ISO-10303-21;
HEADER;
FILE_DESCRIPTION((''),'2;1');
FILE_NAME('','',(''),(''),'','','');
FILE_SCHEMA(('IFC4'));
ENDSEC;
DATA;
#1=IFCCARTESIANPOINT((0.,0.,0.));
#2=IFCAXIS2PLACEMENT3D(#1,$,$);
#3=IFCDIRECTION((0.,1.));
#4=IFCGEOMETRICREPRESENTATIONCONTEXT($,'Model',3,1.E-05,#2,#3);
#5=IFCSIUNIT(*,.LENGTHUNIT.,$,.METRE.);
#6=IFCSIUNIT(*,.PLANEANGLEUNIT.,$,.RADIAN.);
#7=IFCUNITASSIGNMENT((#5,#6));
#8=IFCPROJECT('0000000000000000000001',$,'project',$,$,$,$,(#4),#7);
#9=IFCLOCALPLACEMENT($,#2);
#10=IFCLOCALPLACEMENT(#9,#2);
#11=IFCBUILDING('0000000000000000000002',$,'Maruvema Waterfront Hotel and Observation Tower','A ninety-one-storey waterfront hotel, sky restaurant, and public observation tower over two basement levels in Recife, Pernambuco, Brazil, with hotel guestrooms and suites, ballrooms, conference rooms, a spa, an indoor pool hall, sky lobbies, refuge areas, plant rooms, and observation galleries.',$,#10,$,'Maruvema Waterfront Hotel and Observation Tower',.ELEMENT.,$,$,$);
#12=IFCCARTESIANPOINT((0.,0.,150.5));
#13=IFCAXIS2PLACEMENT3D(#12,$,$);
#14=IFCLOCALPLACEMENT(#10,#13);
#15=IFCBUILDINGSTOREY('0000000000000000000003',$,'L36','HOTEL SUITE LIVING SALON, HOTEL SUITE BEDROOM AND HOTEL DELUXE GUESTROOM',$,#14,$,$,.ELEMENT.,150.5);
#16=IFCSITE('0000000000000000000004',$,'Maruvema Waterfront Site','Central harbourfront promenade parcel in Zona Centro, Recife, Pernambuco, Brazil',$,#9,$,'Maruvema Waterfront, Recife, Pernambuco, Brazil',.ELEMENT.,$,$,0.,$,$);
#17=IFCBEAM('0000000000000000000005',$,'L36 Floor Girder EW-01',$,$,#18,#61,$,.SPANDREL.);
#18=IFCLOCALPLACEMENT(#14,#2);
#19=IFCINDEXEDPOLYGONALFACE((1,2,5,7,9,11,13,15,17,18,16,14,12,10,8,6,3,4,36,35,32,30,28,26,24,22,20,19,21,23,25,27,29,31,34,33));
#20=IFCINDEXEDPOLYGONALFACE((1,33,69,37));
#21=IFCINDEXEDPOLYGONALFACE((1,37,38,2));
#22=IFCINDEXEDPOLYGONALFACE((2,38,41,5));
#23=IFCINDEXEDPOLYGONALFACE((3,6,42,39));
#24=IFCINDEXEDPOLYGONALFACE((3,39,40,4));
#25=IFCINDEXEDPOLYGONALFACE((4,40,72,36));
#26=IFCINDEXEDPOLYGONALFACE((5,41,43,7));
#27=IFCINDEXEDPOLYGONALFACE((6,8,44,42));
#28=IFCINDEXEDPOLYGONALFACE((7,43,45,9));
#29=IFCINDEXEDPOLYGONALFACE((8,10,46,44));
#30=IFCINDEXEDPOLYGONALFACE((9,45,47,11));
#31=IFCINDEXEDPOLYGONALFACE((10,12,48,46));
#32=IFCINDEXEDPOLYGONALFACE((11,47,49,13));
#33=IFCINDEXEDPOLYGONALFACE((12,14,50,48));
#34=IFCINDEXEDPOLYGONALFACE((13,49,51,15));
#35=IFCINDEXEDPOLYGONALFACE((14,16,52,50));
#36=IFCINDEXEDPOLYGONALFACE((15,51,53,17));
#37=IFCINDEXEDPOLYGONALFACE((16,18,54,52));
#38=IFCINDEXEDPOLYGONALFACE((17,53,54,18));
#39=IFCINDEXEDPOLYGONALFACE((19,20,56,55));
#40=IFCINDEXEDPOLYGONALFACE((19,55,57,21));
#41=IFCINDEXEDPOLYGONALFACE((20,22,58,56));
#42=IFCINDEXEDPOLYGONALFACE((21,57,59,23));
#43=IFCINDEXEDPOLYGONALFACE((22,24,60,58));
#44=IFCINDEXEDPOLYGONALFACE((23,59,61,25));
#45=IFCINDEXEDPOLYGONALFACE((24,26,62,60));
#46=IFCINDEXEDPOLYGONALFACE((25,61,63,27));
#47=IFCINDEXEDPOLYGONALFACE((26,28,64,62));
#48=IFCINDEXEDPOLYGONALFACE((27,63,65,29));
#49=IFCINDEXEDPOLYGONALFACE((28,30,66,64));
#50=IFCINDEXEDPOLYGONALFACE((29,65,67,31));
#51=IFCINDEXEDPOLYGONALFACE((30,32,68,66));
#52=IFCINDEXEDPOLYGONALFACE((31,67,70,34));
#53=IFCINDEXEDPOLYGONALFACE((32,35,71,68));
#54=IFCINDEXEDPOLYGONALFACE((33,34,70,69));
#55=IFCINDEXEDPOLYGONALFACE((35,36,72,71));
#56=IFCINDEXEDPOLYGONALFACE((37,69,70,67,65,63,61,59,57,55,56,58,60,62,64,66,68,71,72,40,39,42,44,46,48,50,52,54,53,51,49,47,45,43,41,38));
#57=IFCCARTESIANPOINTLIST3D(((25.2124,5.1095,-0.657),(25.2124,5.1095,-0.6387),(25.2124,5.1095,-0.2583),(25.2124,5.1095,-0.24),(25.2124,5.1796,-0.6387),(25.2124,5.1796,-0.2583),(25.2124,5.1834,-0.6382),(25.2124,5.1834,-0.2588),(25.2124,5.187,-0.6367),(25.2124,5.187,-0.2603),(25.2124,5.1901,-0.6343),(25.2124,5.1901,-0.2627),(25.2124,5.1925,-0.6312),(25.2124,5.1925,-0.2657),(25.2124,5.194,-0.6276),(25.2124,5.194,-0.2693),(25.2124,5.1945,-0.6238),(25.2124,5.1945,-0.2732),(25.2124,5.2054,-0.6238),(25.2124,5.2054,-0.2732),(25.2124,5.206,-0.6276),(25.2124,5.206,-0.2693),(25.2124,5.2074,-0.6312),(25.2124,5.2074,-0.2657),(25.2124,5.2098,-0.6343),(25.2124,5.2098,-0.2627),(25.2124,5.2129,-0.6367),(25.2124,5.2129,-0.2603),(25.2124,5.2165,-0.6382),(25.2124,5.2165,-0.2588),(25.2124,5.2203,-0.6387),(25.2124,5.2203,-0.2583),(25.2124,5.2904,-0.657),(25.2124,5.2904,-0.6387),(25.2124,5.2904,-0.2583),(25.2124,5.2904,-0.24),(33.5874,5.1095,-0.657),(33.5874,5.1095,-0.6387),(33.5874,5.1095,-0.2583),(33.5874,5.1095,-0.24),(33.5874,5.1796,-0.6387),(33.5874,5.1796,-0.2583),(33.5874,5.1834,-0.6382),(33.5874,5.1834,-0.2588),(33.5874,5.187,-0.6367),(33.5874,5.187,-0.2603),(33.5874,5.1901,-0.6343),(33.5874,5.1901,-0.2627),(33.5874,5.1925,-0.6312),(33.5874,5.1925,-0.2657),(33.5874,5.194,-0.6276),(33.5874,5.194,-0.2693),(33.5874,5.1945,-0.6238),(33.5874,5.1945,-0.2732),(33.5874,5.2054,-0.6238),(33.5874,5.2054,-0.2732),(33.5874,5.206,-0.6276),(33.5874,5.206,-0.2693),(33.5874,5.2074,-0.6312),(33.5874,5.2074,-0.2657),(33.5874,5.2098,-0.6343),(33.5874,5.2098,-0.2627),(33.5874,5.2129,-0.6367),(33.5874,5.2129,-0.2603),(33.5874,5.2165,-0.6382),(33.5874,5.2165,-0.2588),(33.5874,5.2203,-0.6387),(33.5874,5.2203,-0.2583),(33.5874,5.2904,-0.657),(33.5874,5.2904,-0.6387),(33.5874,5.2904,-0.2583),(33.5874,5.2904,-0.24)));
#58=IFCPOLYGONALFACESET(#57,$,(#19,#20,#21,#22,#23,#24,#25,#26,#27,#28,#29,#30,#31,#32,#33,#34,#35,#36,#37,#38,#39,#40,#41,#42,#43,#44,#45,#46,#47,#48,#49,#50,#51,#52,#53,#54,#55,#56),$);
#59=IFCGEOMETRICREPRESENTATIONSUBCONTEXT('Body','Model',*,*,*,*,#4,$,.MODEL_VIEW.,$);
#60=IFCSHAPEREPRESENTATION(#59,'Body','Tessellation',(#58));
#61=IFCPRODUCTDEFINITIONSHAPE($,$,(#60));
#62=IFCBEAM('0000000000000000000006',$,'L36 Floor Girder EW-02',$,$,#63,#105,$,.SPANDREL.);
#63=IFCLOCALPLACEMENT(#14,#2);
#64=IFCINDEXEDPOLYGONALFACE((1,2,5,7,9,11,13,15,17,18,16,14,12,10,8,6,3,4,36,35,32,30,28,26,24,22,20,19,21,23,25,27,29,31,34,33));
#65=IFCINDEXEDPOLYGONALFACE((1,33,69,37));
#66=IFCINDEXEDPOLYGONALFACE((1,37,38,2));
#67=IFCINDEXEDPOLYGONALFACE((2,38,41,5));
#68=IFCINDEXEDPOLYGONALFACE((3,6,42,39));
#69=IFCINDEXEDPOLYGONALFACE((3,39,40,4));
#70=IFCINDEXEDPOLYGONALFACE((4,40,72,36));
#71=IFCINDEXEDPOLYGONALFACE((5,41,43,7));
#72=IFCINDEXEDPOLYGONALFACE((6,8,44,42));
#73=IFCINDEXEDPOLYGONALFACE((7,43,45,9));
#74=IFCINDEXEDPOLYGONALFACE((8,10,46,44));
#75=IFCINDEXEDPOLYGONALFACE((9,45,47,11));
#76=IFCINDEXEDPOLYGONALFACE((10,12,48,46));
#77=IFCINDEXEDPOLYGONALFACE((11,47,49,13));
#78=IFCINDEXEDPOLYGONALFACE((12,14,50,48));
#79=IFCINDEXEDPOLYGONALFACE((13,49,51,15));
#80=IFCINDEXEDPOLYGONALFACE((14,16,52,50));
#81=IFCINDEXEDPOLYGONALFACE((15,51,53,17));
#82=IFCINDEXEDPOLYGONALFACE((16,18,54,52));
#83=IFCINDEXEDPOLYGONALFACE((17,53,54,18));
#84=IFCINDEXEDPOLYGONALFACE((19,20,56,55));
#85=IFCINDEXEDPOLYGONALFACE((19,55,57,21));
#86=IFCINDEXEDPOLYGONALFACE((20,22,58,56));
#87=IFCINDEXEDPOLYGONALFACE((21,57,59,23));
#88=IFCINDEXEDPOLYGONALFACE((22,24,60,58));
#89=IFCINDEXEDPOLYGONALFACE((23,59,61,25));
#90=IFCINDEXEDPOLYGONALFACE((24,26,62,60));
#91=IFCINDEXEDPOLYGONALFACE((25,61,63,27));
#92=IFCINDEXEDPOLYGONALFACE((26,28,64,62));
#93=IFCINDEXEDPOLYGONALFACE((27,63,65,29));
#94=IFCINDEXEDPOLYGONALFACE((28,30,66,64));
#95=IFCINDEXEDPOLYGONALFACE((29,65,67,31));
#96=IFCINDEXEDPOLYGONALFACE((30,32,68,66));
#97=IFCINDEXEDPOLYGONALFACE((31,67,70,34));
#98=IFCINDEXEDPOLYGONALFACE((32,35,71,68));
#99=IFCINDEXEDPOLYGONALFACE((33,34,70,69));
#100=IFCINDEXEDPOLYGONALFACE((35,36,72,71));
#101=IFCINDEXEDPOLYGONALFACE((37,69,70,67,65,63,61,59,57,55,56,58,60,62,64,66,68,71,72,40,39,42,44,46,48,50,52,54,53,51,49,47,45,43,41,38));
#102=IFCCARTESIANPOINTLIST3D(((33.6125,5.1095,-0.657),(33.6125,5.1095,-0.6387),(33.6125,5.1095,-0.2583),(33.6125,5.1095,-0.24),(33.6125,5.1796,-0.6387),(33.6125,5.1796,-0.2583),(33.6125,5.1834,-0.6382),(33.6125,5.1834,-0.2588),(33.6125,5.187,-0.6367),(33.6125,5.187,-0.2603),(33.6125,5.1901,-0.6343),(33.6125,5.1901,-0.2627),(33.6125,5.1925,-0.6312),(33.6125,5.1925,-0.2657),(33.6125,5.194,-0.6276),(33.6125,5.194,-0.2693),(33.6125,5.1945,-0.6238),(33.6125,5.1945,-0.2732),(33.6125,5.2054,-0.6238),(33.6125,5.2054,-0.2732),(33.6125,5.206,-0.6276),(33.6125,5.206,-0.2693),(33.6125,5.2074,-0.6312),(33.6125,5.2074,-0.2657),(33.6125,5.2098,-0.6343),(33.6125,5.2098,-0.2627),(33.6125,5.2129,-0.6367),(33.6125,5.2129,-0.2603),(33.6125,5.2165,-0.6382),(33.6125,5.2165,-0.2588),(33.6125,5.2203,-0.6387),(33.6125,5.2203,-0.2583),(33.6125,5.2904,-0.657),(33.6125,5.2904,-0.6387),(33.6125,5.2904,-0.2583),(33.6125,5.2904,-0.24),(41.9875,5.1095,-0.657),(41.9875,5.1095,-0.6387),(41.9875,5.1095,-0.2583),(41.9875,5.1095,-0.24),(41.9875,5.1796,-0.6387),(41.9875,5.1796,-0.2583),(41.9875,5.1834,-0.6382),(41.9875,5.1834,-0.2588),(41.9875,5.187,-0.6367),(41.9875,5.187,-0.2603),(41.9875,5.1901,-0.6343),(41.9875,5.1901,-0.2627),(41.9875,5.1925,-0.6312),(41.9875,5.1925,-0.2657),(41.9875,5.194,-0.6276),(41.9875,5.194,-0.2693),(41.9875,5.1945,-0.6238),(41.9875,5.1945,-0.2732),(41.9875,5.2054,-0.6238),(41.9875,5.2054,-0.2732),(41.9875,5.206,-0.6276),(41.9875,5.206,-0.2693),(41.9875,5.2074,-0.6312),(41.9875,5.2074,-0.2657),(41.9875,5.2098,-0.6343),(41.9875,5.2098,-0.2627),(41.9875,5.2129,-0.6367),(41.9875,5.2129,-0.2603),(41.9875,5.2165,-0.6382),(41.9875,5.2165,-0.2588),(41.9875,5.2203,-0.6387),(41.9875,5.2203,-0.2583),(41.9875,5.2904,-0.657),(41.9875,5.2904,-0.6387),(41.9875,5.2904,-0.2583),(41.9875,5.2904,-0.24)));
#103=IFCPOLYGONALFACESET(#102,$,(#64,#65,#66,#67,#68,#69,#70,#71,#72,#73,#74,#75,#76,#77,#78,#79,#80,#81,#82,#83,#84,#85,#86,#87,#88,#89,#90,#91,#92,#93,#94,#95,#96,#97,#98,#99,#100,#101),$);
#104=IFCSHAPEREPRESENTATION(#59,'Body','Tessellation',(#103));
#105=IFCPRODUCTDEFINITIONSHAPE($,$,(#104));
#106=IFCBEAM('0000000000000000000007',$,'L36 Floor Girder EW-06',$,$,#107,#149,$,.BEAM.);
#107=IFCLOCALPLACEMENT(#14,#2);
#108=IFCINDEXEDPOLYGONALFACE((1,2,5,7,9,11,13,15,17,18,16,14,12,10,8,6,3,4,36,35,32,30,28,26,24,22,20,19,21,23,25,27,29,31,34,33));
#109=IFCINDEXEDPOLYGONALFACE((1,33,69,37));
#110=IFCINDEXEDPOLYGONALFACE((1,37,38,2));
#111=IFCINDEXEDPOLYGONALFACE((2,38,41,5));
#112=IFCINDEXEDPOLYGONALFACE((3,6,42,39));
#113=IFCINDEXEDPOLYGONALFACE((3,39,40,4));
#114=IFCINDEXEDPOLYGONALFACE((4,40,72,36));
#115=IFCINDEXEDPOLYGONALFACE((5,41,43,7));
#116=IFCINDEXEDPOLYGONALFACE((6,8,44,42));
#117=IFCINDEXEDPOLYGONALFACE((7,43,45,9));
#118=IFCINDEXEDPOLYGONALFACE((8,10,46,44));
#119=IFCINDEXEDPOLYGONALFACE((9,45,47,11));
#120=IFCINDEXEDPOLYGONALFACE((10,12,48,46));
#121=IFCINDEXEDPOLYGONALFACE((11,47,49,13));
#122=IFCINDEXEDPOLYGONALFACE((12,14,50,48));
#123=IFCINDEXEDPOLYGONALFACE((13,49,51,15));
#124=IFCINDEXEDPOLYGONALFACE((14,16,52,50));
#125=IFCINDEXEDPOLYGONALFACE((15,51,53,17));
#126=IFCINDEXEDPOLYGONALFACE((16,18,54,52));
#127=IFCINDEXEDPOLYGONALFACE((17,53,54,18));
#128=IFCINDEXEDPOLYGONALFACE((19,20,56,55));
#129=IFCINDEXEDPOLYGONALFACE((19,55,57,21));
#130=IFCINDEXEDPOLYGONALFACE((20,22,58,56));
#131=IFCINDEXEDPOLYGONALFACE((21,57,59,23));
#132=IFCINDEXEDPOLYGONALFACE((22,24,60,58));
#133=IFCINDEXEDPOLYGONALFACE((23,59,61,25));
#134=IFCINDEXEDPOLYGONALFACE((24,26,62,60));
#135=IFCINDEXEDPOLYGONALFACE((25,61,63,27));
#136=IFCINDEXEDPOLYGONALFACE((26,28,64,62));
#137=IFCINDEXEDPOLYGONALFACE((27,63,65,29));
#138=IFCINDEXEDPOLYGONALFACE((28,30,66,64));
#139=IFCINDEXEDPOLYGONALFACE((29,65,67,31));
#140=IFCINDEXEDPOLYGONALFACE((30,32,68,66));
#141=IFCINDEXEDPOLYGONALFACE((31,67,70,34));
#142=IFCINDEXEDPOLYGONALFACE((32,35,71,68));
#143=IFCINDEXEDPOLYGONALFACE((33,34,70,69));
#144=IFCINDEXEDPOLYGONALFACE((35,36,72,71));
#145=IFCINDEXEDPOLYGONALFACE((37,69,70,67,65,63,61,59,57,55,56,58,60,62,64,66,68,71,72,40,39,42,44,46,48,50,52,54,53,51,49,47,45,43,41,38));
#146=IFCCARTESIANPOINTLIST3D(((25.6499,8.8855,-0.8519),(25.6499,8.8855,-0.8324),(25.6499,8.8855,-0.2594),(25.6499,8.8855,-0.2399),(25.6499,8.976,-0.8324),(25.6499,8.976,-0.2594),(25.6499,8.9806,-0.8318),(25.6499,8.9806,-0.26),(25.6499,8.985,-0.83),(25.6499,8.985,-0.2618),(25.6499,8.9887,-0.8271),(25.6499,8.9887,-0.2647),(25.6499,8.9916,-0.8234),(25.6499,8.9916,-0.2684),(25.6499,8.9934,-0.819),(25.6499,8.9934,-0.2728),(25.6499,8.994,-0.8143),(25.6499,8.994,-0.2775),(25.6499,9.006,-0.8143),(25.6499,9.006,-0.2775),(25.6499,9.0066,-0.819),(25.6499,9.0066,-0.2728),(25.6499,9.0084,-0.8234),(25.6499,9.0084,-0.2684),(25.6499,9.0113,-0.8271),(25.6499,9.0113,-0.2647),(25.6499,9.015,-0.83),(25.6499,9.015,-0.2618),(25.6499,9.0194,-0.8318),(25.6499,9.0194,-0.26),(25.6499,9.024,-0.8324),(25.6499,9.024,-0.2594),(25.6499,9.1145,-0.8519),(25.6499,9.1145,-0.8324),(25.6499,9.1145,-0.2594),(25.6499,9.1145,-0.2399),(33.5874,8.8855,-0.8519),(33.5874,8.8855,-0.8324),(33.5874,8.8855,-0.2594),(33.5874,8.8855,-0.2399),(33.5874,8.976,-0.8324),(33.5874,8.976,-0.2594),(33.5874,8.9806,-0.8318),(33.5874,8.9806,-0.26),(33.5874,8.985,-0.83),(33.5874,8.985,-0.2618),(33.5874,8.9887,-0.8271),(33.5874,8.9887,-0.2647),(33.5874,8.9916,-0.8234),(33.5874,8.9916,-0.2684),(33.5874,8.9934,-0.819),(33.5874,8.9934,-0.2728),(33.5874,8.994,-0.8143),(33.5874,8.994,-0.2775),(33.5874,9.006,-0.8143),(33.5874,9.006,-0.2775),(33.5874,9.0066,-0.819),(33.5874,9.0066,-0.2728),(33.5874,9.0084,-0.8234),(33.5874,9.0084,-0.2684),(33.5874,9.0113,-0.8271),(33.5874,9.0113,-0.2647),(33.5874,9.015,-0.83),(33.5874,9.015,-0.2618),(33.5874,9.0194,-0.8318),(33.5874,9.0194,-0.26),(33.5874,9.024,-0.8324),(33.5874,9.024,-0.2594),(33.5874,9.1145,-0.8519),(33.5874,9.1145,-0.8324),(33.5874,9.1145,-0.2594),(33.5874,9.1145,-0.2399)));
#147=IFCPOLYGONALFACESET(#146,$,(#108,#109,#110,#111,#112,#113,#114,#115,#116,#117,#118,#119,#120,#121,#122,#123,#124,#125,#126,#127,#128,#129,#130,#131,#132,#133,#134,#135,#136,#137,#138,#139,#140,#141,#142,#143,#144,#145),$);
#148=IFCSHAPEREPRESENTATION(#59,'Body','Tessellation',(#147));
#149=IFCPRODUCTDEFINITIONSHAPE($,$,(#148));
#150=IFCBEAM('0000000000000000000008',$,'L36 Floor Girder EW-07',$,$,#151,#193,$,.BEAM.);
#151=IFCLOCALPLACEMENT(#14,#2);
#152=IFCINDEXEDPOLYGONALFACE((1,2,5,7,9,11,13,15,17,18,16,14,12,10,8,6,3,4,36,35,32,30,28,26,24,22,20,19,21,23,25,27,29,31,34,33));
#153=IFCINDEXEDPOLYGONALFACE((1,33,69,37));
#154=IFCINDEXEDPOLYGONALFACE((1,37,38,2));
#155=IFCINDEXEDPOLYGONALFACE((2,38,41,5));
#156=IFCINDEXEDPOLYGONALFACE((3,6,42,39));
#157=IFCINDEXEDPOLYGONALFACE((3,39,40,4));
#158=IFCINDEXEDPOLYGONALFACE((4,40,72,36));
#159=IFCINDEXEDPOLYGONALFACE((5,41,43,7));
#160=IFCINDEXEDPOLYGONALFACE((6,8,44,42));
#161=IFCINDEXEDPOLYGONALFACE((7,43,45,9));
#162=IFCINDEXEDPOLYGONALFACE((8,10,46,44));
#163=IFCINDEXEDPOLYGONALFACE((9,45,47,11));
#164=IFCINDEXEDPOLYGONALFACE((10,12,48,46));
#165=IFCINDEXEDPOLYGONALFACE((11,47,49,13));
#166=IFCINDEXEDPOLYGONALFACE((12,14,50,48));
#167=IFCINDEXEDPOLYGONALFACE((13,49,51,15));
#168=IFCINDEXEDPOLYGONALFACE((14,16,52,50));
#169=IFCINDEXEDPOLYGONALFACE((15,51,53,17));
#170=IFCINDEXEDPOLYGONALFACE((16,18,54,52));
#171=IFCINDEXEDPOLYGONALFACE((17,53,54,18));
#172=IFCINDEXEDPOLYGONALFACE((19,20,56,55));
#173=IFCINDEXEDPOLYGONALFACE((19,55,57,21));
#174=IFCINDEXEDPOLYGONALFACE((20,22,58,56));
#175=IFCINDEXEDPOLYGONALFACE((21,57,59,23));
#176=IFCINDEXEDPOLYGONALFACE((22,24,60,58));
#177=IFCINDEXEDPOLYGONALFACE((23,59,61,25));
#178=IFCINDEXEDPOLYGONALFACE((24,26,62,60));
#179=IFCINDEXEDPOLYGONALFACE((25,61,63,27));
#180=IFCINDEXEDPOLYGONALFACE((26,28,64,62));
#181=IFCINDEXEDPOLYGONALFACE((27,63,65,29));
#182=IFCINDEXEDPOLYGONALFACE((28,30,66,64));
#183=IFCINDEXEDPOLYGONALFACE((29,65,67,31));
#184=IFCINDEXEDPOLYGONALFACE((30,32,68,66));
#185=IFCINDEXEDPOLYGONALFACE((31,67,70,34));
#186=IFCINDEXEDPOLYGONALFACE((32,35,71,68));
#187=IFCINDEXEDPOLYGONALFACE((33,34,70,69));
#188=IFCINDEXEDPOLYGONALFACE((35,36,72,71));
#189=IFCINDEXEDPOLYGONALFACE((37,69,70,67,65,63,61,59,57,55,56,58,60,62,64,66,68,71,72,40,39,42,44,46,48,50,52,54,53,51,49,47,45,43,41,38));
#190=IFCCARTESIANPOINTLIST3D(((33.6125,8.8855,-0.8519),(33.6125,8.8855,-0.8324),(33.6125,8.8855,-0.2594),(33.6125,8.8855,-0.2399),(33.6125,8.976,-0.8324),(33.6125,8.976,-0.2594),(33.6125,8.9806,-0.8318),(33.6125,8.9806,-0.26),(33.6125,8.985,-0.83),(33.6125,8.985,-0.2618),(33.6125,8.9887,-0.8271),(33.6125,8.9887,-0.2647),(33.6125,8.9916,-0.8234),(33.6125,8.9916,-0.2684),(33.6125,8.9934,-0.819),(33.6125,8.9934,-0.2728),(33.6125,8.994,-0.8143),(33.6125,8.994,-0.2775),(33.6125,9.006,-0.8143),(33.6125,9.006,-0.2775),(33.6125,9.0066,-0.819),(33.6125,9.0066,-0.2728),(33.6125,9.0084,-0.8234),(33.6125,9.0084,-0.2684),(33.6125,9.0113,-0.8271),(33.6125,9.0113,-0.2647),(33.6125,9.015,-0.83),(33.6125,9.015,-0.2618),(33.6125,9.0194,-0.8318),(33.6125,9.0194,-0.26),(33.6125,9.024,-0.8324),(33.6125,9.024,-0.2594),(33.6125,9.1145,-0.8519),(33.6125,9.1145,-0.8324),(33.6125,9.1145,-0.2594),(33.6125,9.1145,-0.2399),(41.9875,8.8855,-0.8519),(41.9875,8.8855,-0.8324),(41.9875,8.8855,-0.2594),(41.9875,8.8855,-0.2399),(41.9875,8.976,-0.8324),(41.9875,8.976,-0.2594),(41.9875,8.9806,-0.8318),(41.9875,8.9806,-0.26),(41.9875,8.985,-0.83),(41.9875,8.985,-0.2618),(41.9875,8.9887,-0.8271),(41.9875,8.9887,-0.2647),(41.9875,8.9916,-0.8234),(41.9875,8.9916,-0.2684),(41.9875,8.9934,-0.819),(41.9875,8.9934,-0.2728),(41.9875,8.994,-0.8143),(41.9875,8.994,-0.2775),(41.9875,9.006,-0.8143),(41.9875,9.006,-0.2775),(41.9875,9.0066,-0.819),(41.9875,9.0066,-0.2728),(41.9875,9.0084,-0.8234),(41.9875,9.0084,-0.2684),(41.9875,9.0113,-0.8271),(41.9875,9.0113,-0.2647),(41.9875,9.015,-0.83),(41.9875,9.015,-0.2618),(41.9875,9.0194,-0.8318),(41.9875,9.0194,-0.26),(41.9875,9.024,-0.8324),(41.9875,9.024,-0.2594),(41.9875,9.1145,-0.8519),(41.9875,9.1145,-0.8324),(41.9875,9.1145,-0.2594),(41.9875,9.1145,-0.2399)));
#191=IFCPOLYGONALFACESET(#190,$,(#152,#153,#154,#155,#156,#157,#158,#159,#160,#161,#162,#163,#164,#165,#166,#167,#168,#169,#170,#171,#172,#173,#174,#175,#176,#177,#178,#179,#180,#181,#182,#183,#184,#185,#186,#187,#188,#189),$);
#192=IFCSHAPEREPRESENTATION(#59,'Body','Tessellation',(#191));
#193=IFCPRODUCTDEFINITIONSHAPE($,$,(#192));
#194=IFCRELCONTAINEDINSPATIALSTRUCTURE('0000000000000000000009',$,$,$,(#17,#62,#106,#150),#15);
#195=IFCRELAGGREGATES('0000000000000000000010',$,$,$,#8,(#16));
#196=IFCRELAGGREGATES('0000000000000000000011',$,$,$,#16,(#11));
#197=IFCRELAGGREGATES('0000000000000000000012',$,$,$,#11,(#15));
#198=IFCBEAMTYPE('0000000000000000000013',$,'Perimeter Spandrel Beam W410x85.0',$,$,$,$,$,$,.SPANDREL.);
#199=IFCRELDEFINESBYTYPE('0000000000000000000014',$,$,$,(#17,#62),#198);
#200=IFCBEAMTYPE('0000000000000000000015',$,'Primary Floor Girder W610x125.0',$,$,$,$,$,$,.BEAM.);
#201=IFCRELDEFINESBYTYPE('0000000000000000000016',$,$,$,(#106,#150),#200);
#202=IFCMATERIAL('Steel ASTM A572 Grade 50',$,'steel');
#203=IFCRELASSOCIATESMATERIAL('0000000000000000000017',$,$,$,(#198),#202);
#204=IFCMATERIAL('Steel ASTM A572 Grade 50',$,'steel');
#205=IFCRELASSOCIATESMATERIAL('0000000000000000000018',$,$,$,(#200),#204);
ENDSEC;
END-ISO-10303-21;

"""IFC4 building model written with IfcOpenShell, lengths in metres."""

from ifc_helpers import new_model, si_unit, direction, frame, origin, origin_2d, place, context, subcontext, project, spatial, i_section, extrude, material, material_profile, profile_set, type_object, element, save


model = new_model("IFC4")

# Units and contexts
model_context = context("Model", 3, precision=1e-05, world=origin(), true_north=direction((0.0, 1.0)))
body_context = subcontext(model_context, "Body", "Model", "MODEL_VIEW")
ifc_project = project(units=[si_unit("LENGTHUNIT", "METRE"), si_unit("PLANEANGLEUNIT", "RADIAN")], contexts=[model_context])

# Site, building, storey
site_placement = place(None, origin())
site = spatial("IfcSite", under=ifc_project, at=site_placement, Name="Maruvema Waterfront Site", Description="Central harbourfront promenade parcel in Zona Centro, Recife, Pernambuco, Brazil", LongName="Maruvema Waterfront, Recife, Pernambuco, Brazil", CompositionType="ELEMENT", RefElevation=0.0)
building_placement = place(site_placement, origin())
building = spatial("IfcBuilding", under=site, at=building_placement, Name="Maruvema Waterfront Hotel and Observation Tower", Description="A ninety-one-storey waterfront hotel, sky restaurant, and public observation tower over two basement levels in Recife, Pernambuco, Brazil, with hotel guestrooms and suites, ballrooms, conference rooms, a spa, an indoor pool hall, sky lobbies, refuge areas, plant rooms, and observation galleries.", LongName="Maruvema Waterfront Hotel and Observation Tower", CompositionType="ELEMENT")
storey_placement = place(building_placement, frame((0.0, 0.0, 150.5)))
storey = spatial("IfcBuildingStorey", under=building, at=storey_placement, Name="L36", Description="HOTEL SUITE LIVING SALON, HOTEL SUITE BEDROOM AND HOTEL DELUXE GUESTROOM", CompositionType="ELEMENT", Elevation=150.5)

# Beams
ifc_material_1 = material(Name="Steel ASTM A572 Grade 50", Category="steel")
ifc_material_profile_1 = material_profile(ifc_material_1, i_section(OverallWidth=0.1809, OverallDepth=0.417, WebThickness=0.011, FlangeThickness=0.0183, FilletRadius=0.0149, at=origin_2d()), Name="W410x85.0")
ifc_profile_set_1 = profile_set([ifc_material_profile_1], Name="Steel ASTM A572 Grade 50")
beam_type_1 = type_object("IfcBeamType", Name="Perimeter Spandrel Beam W410x85.0", PredefinedType="SPANDREL", material=ifc_profile_set_1)
for number, where, z_axis, x_axis, name in (
    (1, (25.2124, 5.2, -0.4485), (1.0, 0.0, 0.0), (0.0, 1.0, 0.0), "L36 Floor Girder EW-01"),
    (2, (33.6125, 5.2, -0.4485), (1.0, 0.0, 0.0), (0.0, 1.0, 0.0), "L36 Floor Girder EW-02"),
):
    element("IfcBeam", number, at=place(storey_placement, frame(where, z_axis=z_axis, x_axis=x_axis)), inside=storey, type_object=beam_type_1, Name=name, PredefinedType="SPANDREL", context=body_context, shape_type="SweptSolid", body=[
        extrude(i_section(OverallWidth=0.1809, OverallDepth=0.417, WebThickness=0.011, FlangeThickness=0.0183, FilletRadius=0.0149, at=origin_2d()), origin(), (0.0, 0.0, 1.0), 8.375),
    ])
ifc_material_2 = material(Name="Steel ASTM A572 Grade 50", Category="steel")
ifc_material_profile_2 = material_profile(ifc_material_2, i_section(OverallWidth=0.229, OverallDepth=0.6121, WebThickness=0.012, FlangeThickness=0.0195, FilletRadius=0.0181, at=origin_2d()), Name="W610x125.0")
ifc_profile_set_2 = profile_set([ifc_material_profile_2], Name="Steel ASTM A572 Grade 50")
beam_type_2 = type_object("IfcBeamType", Name="Primary Floor Girder W610x125.0", PredefinedType="BEAM", material=ifc_profile_set_2)
beam_1_placement = place(storey_placement, frame((25.6499, 9.0, -0.5459), z_axis=(1.0, 0.0, 0.0), x_axis=(0.0, 1.0, 0.0)))
element("IfcBeam", 3, at=beam_1_placement, inside=storey, type_object=beam_type_2, Name="L36 Floor Girder EW-06", PredefinedType="BEAM", context=body_context, shape_type="SweptSolid", body=[
    extrude(i_section(OverallWidth=0.229, OverallDepth=0.6121, WebThickness=0.012, FlangeThickness=0.0195, FilletRadius=0.0181, at=origin_2d()), origin(), (0.0, 0.0, 1.0), 7.9375),
])
beam_2_placement = place(storey_placement, frame((33.6125, 9.0, -0.5459), z_axis=(1.0, 0.0, 0.0), x_axis=(0.0, 1.0, 0.0)))
element("IfcBeam", 4, at=beam_2_placement, inside=storey, type_object=beam_type_2, Name="L36 Floor Girder EW-07", PredefinedType="BEAM", context=body_context, shape_type="SweptSolid", body=[
    extrude(i_section(OverallWidth=0.229, OverallDepth=0.6121, WebThickness=0.012, FlangeThickness=0.0195, FilletRadius=0.0181, at=origin_2d()), origin(), (0.0, 0.0, 1.0), 8.375),
])

save(model, "model.ifc")
